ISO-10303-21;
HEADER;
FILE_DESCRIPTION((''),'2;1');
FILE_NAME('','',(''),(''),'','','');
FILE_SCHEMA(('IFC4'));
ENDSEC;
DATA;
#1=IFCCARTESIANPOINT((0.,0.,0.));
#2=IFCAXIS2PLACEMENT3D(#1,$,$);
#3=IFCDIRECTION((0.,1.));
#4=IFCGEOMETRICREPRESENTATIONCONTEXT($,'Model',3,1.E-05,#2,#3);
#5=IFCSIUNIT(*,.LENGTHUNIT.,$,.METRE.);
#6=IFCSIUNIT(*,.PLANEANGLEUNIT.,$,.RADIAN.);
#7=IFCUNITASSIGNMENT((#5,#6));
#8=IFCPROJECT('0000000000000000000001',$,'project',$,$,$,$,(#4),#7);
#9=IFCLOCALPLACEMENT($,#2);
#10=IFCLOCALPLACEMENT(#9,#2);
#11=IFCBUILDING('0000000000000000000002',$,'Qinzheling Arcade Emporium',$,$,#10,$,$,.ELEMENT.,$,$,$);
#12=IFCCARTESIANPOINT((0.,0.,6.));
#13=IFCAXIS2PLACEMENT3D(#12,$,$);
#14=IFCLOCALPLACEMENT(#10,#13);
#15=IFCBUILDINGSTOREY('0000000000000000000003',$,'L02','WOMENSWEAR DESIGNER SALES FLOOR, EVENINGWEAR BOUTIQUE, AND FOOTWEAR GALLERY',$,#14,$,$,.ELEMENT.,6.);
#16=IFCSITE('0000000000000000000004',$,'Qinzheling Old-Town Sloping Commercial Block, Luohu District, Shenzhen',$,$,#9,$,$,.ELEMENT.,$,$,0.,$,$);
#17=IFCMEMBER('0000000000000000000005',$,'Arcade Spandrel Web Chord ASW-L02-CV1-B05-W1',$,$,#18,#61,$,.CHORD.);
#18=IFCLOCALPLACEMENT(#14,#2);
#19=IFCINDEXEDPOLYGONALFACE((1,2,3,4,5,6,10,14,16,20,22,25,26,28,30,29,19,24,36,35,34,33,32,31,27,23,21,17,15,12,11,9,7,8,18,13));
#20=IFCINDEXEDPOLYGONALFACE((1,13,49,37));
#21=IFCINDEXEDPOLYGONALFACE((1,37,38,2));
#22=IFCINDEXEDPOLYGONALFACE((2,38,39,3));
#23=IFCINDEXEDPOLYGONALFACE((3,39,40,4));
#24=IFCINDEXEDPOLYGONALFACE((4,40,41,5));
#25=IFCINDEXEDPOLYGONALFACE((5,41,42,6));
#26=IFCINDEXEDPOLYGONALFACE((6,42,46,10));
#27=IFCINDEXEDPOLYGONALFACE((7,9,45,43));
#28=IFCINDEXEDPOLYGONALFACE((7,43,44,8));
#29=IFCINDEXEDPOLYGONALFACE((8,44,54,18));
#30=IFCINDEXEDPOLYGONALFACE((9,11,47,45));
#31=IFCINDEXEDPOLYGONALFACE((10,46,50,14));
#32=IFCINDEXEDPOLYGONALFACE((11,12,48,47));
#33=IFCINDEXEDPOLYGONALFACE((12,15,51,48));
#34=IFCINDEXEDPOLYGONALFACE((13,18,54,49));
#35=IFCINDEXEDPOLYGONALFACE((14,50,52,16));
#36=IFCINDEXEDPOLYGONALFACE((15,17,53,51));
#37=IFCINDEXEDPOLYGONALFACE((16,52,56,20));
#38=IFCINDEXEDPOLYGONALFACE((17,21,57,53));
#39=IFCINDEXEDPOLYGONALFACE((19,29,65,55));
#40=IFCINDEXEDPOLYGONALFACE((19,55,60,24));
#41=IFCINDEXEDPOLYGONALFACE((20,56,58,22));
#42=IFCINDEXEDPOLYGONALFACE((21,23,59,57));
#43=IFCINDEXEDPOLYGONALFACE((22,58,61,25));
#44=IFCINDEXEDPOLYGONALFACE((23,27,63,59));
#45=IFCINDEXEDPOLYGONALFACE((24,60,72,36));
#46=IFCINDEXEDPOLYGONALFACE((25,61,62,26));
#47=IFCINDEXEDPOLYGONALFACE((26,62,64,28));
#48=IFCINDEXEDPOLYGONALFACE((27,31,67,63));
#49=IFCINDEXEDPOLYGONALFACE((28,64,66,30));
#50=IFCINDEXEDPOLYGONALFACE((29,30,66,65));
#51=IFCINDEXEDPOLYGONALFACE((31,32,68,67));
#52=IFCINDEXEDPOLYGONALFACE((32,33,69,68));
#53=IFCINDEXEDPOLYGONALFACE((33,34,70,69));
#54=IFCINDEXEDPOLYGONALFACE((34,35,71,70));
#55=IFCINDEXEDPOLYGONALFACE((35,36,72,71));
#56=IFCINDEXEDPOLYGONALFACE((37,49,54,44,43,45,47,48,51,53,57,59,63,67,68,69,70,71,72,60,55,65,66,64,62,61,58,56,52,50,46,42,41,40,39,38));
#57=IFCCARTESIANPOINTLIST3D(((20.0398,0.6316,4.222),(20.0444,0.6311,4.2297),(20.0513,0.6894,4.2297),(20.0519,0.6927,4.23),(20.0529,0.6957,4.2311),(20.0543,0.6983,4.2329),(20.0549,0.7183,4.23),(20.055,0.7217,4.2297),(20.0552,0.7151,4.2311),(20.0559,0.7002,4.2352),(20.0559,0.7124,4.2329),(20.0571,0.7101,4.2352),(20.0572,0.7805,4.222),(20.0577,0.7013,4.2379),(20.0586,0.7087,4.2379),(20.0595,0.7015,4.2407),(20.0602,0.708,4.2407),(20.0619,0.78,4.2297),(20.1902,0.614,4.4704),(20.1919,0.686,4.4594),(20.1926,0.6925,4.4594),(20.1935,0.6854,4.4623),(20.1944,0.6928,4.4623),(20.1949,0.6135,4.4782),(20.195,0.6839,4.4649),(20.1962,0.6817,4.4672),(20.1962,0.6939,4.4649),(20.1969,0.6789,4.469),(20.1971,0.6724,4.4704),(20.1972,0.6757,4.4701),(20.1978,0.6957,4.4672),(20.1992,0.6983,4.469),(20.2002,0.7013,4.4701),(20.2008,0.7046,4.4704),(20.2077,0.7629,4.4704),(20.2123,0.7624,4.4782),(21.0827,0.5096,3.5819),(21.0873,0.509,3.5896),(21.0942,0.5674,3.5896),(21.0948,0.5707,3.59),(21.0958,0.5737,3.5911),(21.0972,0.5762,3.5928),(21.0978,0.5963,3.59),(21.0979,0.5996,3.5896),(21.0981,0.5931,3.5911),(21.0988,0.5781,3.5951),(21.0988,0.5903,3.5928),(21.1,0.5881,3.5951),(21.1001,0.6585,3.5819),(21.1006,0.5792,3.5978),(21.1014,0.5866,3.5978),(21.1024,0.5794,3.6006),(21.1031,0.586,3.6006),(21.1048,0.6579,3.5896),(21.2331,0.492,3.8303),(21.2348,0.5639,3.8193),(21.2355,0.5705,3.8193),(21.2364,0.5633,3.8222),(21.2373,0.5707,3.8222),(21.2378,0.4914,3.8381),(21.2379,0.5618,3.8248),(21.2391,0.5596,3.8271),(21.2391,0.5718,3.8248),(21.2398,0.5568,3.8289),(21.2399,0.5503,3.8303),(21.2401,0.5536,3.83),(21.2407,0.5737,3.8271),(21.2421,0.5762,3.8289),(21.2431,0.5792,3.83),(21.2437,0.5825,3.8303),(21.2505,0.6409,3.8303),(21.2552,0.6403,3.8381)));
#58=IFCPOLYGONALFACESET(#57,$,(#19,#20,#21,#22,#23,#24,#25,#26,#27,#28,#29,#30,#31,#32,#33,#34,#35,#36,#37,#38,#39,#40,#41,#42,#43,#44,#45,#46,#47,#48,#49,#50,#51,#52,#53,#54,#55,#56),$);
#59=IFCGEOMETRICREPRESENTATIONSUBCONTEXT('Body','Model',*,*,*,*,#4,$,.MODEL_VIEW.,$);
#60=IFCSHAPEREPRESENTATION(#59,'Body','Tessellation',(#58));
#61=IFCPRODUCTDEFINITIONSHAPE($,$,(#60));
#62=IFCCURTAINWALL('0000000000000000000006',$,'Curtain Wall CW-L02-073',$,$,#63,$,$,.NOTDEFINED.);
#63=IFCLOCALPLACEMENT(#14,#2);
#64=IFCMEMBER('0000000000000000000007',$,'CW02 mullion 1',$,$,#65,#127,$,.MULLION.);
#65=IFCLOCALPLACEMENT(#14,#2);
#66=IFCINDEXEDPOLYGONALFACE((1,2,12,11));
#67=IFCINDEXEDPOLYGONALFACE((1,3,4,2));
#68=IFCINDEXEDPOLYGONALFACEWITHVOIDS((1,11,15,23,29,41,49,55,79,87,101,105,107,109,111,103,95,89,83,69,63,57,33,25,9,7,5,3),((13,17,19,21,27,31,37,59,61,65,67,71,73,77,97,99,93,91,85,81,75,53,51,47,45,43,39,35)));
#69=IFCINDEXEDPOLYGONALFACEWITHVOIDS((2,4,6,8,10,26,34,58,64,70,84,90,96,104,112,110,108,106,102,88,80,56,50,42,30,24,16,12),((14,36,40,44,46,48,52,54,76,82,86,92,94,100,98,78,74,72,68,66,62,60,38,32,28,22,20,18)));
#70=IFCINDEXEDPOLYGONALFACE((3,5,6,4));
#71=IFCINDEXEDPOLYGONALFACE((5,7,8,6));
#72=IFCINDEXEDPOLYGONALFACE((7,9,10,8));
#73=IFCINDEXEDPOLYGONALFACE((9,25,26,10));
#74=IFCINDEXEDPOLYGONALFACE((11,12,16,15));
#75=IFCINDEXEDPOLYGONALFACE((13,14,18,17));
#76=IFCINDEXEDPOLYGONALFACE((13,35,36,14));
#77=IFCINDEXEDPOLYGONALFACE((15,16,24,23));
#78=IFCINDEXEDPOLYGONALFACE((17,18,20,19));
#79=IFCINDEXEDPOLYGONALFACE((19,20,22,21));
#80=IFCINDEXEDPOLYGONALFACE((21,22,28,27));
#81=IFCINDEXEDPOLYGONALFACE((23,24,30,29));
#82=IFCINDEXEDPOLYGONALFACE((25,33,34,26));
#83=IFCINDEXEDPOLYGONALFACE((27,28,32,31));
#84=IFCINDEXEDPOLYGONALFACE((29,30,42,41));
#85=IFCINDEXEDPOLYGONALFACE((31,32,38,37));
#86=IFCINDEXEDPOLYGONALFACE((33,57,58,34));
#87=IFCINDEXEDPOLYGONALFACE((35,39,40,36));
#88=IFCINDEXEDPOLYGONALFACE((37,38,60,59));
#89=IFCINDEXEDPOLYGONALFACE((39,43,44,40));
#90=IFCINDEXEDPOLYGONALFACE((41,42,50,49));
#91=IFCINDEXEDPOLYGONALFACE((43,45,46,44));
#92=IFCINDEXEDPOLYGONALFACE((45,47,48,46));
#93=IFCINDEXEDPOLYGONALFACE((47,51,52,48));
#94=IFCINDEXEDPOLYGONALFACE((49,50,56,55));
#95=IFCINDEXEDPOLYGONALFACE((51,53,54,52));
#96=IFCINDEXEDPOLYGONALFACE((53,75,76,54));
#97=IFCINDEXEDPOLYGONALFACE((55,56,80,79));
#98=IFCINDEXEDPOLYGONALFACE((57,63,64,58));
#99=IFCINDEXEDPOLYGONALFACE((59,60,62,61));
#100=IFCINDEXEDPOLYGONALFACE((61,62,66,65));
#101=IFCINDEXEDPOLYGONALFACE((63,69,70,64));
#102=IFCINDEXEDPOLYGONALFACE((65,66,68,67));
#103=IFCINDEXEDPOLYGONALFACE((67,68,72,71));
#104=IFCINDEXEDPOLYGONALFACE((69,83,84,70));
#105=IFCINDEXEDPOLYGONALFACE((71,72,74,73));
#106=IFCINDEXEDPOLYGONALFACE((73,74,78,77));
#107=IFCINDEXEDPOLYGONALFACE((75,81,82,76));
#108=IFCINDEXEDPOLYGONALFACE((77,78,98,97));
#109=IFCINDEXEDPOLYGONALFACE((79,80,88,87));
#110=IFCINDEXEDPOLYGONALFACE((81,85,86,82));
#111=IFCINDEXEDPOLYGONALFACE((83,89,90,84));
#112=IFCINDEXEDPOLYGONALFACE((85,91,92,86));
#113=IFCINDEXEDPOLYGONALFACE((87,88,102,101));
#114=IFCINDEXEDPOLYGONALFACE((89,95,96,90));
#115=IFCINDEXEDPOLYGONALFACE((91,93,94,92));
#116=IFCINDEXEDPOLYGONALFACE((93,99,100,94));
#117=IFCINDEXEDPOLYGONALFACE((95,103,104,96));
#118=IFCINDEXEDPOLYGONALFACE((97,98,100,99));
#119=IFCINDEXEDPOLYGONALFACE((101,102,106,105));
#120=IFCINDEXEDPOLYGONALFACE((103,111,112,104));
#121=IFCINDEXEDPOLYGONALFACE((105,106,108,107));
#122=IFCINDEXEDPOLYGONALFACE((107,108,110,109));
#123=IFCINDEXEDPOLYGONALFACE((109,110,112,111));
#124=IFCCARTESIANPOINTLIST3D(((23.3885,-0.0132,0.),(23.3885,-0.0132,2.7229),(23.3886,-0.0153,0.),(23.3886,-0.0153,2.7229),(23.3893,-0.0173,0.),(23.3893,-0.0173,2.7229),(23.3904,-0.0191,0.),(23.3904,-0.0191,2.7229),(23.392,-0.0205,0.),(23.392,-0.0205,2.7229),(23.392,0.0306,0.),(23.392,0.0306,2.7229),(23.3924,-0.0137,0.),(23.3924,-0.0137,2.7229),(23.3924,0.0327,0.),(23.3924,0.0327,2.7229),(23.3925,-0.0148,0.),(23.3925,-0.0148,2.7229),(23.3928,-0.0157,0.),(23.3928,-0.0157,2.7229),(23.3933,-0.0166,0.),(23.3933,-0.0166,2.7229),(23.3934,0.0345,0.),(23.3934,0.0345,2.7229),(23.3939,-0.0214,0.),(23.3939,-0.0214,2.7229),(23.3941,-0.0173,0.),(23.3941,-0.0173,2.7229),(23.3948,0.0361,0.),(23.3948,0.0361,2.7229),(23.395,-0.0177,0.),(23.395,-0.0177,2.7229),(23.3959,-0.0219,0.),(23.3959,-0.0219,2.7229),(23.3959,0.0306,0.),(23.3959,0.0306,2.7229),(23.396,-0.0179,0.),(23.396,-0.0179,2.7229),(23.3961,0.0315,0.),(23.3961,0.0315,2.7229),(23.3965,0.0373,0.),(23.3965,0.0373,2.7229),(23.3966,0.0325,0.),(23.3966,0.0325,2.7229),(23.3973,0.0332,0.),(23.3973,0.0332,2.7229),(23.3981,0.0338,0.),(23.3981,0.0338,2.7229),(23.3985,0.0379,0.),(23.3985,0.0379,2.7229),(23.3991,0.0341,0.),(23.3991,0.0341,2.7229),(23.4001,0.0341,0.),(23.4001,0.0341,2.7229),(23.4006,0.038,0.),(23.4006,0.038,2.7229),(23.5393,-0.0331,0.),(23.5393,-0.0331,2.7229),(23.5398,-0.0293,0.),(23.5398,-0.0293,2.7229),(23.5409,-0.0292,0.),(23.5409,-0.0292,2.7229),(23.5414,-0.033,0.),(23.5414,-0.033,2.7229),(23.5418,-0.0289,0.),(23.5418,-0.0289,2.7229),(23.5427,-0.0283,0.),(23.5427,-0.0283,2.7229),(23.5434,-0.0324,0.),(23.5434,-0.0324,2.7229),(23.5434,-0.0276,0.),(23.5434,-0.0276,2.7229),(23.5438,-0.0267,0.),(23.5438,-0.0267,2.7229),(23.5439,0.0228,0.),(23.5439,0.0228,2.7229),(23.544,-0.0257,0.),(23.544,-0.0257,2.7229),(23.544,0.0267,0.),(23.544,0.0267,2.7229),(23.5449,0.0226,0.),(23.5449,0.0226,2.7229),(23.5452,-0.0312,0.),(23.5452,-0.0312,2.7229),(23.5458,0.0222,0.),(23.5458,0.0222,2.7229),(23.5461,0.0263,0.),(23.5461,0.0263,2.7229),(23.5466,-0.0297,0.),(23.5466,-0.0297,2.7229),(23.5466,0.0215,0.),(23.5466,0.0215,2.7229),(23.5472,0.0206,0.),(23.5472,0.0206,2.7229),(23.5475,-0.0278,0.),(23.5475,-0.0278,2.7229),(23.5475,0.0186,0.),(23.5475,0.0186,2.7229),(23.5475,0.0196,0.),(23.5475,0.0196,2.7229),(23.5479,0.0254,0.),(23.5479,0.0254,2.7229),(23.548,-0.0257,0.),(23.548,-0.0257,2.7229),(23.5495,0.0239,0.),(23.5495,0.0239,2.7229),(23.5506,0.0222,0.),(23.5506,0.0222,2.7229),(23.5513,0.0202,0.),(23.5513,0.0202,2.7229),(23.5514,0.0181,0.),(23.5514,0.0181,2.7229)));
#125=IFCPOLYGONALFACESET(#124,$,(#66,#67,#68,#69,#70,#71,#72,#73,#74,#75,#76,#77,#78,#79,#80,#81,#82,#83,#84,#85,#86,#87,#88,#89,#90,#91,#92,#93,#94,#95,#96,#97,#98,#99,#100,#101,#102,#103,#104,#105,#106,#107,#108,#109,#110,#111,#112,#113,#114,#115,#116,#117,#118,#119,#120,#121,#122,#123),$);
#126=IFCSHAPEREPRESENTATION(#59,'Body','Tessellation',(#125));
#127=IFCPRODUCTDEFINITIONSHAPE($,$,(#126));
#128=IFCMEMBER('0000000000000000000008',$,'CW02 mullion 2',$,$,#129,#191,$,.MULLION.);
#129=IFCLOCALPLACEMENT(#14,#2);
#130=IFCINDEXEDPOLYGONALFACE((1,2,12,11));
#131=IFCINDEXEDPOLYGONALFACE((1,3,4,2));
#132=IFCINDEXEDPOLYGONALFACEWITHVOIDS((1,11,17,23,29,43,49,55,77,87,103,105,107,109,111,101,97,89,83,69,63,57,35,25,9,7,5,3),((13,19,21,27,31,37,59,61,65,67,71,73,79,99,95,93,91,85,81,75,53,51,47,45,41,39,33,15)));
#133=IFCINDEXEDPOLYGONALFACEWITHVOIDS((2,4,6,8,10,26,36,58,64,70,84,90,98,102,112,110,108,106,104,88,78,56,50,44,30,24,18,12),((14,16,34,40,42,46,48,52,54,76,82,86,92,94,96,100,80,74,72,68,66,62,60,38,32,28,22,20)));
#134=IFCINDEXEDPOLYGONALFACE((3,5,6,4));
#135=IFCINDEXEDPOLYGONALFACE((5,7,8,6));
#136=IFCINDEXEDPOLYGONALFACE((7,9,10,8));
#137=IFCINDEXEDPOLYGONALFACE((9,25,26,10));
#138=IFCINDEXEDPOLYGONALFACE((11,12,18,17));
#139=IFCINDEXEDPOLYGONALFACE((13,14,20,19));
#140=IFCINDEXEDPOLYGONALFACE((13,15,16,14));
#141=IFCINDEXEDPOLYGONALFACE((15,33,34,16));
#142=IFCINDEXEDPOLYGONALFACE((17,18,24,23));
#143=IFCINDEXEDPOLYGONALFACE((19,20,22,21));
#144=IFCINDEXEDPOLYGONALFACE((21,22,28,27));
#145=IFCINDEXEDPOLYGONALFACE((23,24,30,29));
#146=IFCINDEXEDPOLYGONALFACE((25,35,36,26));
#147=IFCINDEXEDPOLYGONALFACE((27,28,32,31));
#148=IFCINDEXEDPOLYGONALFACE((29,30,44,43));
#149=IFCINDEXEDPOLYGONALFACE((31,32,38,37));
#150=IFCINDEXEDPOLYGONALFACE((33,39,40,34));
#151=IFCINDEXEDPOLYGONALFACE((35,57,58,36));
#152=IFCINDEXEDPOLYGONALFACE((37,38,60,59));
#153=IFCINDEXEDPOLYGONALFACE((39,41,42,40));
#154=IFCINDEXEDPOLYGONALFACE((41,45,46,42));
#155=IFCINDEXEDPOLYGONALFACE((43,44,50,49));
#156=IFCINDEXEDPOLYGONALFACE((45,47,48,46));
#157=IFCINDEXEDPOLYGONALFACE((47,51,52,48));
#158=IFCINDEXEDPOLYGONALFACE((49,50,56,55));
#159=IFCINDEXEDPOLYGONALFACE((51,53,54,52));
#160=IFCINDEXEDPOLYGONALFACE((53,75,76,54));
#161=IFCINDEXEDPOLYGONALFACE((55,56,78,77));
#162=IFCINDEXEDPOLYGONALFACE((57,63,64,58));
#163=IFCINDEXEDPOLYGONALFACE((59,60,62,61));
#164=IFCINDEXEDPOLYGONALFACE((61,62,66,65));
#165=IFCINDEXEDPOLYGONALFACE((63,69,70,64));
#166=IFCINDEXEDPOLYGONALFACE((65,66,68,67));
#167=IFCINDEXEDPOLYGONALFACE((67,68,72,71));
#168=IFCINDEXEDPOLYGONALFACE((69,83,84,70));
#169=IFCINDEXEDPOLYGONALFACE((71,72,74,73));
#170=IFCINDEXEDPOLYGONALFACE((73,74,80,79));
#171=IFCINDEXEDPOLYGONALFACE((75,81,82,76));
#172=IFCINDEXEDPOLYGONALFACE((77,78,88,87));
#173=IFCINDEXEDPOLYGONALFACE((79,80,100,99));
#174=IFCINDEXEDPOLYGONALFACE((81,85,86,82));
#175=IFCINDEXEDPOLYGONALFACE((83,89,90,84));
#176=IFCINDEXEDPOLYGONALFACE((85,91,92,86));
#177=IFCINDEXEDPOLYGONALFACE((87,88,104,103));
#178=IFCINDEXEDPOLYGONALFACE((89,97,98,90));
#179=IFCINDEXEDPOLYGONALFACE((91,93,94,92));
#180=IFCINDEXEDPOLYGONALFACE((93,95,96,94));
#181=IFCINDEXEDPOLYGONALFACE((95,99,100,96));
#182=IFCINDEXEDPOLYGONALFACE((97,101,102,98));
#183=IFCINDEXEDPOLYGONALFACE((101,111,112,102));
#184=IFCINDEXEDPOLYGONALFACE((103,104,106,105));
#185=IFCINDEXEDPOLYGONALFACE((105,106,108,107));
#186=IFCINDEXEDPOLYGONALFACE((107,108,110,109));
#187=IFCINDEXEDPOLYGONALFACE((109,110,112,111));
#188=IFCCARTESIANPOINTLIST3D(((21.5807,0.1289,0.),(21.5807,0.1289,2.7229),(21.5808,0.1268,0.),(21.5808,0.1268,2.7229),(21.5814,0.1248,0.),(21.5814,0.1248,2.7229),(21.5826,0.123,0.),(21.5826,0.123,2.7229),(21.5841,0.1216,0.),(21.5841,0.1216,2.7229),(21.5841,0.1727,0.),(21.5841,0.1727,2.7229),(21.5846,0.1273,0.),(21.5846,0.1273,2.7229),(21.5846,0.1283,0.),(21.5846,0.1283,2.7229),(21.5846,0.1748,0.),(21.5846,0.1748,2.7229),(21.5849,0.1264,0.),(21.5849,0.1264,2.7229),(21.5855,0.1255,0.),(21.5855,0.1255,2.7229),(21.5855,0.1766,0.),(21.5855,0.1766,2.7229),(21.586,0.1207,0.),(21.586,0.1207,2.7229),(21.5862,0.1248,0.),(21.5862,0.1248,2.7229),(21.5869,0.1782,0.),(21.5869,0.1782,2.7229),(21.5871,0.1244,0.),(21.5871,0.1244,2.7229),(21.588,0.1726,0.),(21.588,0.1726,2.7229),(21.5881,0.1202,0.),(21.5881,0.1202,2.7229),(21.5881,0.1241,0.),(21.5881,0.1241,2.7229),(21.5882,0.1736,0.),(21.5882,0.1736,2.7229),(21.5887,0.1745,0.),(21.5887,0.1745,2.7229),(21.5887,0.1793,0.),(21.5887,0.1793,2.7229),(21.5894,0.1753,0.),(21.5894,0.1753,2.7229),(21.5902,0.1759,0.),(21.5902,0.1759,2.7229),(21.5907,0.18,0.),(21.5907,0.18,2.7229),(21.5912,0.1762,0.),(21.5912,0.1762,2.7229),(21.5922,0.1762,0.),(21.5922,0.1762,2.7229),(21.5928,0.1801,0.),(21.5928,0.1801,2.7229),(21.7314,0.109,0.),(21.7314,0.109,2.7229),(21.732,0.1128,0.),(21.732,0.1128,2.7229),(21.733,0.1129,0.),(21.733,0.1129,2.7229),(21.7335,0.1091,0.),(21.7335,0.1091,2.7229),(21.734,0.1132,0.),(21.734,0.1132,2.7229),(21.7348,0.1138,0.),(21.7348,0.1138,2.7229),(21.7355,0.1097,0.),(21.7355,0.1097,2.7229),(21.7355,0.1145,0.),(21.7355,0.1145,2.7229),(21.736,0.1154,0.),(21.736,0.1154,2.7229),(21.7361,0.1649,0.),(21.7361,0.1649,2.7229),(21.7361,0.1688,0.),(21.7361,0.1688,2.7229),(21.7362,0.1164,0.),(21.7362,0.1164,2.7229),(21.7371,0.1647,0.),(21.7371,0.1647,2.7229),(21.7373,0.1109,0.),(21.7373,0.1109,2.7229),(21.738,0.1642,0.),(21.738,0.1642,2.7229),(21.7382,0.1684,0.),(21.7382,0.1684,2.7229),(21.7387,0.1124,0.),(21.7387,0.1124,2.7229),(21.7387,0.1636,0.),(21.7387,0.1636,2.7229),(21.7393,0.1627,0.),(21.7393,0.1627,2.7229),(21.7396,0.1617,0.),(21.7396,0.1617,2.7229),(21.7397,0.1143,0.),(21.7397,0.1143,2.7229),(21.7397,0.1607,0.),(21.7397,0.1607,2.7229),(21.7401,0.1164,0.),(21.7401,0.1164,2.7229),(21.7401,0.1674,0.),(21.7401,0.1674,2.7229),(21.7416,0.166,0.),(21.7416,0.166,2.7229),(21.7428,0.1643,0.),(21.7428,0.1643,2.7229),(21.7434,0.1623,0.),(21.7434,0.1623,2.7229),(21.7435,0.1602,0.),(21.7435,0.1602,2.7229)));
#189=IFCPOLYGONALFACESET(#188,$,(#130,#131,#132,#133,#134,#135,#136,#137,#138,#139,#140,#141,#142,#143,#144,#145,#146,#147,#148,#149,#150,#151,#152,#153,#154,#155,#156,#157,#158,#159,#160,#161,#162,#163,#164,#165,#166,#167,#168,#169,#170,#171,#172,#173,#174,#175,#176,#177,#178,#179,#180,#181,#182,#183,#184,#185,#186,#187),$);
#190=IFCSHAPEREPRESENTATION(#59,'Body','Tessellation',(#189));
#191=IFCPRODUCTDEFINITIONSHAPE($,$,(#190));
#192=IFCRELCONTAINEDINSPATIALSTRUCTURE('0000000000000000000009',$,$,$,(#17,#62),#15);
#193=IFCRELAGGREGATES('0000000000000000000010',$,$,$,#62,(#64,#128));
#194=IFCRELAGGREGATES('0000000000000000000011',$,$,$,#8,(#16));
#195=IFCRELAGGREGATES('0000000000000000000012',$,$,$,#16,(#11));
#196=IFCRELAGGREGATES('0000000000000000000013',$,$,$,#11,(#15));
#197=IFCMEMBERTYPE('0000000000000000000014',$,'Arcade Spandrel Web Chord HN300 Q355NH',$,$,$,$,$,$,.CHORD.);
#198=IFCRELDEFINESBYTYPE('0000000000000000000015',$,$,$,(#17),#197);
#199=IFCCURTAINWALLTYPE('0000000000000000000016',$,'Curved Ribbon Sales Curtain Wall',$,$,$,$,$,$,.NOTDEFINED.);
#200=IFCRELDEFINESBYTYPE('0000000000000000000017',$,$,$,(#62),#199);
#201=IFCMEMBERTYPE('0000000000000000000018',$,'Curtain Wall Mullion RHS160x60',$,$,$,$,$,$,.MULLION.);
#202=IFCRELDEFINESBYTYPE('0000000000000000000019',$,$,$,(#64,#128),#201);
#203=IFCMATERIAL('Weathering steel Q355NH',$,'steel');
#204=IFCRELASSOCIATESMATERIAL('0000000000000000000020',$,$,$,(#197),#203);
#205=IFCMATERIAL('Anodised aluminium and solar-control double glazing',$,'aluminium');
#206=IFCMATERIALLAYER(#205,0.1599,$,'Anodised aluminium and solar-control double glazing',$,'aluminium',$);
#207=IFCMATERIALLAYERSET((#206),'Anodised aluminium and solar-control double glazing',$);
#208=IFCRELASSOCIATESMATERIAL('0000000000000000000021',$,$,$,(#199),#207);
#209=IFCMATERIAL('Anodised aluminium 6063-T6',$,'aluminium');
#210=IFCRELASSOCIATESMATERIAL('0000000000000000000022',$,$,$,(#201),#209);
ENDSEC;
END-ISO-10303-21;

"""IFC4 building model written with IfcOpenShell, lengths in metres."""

from ifc_helpers import new_model, si_unit, direction, frame, origin, origin_2d, place, context, subcontext, project, spatial, hollow_rectangle, i_section, extrude, material, layer, layer_set, material_profile, profile_set, type_object, element, aggregate, save


model = new_model("IFC4")

# Units and contexts
model_context = context("Model", 3, precision=1e-05, world=origin(), true_north=direction((0.0, 1.0)))
body_context = subcontext(model_context, "Body", "Model", "MODEL_VIEW")
ifc_project = project(units=[si_unit("LENGTHUNIT", "METRE"), si_unit("PLANEANGLEUNIT", "RADIAN")], contexts=[model_context])

# Site, building, storey
site_placement = place(None, origin())
site = spatial("IfcSite", under=ifc_project, at=site_placement, Name="Qinzheling Old-Town Sloping Commercial Block, Luohu District, Shenzhen", CompositionType="ELEMENT", RefElevation=0.0)
building_placement = place(site_placement, origin())
building = spatial("IfcBuilding", under=site, at=building_placement, Name="Qinzheling Arcade Emporium", CompositionType="ELEMENT")
storey_placement = place(building_placement, frame((0.0, 0.0, 6.0)))
storey = spatial("IfcBuildingStorey", under=building, at=storey_placement, Name="L02", Description="WOMENSWEAR DESIGNER SALES FLOOR, EVENINGWEAR BOUTIQUE, AND FOOTWEAR GALLERY", CompositionType="ELEMENT", Elevation=6.0)

# Shared definitions
ifc_material_1 = material(Name="Weathering steel Q355NH", Category="steel")

# Member
ifc_material_profile_1 = material_profile(ifc_material_1, i_section(OverallWidth=0.1499, OverallDepth=0.3, WebThickness=0.0066, FlangeThickness=0.009, FilletRadius=0.0129, at=origin_2d()), Name="HN 300x150x6.5x9", Category="steel")
ifc_profile_set_1 = profile_set([ifc_material_profile_1], Name="Weathering steel Q355NH")
member_type_1 = type_object("IfcMemberType", Name="Arcade Spandrel Web Chord HN300 Q355NH", PredefinedType="CHORD", material=ifc_profile_set_1)
member_1_placement = place(storey_placement, frame((21.1689, 0.575, 3.71), z_axis=(-0.848065, 0.099259, 0.520512), x_axis=(-0.116248, -0.99322, 0.0)))
element("IfcMember", 1, at=member_1_placement, inside=storey, type_object=member_type_1, Name="Arcade Spandrel Web Chord ASW-L02-CV1-B05-W1", PredefinedType="CHORD", context=body_context, shape_type="SweptSolid", body=[
    extrude(i_section(OverallWidth=0.1499, OverallDepth=0.3, WebThickness=0.0066, FlangeThickness=0.009, FilletRadius=0.0129, at=origin_2d()), origin(), (0.0, 0.0, 1.0), 1.2297),
])

# Curtain wall, members
ifc_material_2 = material(Name="Anodised aluminium and solar-control double glazing", Category="aluminium")
ifc_layer_1 = layer(ifc_material_2, 0.1599, Name="Anodised aluminium and solar-control double glazing", Category="aluminium")
ifc_layer_set_1 = layer_set([ifc_layer_1], Name="Anodised aluminium and solar-control double glazing")
curtain_wall_type_1 = type_object("IfcCurtainWallType", Name="Curved Ribbon Sales Curtain Wall", PredefinedType="NOTDEFINED", material=ifc_layer_set_1)
curtain_wall_1_placement = place(storey_placement, origin())
curtain_wall_1 = element("IfcCurtainWall", 2, at=curtain_wall_1_placement, inside=storey, type_object=curtain_wall_type_1, Name="Curtain Wall CW-L02-073", PredefinedType="NOTDEFINED")
ifc_material_3 = material(Name="Anodised aluminium 6063-T6", Category="aluminium")
ifc_material_profile_2 = material_profile(ifc_material_3, hollow_rectangle(XDim=0.0601, YDim=0.1599, WallThickness=0.0039, InnerFilletRadius=0.0039, OuterFilletRadius=0.0081, at=origin_2d()), Name="RHS 160x60x4", Category="aluminium")
ifc_profile_set_2 = profile_set([ifc_material_profile_2], Name="Anodised aluminium 6063-T6")
member_type_2 = type_object("IfcMemberType", Name="Curtain Wall Mullion RHS160x60", PredefinedType="MULLION", material=ifc_profile_set_2)
member_2_placement = place(storey_placement, frame((23.47, 0.0024, 0.0), z_axis=(0.0, 0.0, 1.0), x_axis=(-0.078376, -0.996924, 0.0)))
member_2 = element("IfcMember", 3, at=member_2_placement, type_object=member_type_2, Name="CW02 mullion 1", PredefinedType="MULLION", context=body_context, shape_type="SweptSolid", body=[
    extrude(hollow_rectangle(XDim=0.0601, YDim=0.1599, WallThickness=0.0039, InnerFilletRadius=0.0039, OuterFilletRadius=0.0081, at=origin_2d()), origin(), (0.0, 0.0, 1.0), 2.7229),
])
member_3_placement = place(storey_placement, frame((21.6621, 0.1445, 0.0), z_axis=(0.0, 0.0, 1.0), x_axis=(-0.078376, -0.996924, 0.0)))
member_3 = element("IfcMember", 4, at=member_3_placement, type_object=member_type_2, Name="CW02 mullion 2", PredefinedType="MULLION", context=body_context, shape_type="SweptSolid", body=[
    extrude(hollow_rectangle(XDim=0.0601, YDim=0.1599, WallThickness=0.0039, InnerFilletRadius=0.0039, OuterFilletRadius=0.0081, at=origin_2d()), origin(), (0.0, 0.0, 1.0), 2.7229),
])

aggregate(curtain_wall_1, [member_2, member_3])

save(model, "model.ifc")
